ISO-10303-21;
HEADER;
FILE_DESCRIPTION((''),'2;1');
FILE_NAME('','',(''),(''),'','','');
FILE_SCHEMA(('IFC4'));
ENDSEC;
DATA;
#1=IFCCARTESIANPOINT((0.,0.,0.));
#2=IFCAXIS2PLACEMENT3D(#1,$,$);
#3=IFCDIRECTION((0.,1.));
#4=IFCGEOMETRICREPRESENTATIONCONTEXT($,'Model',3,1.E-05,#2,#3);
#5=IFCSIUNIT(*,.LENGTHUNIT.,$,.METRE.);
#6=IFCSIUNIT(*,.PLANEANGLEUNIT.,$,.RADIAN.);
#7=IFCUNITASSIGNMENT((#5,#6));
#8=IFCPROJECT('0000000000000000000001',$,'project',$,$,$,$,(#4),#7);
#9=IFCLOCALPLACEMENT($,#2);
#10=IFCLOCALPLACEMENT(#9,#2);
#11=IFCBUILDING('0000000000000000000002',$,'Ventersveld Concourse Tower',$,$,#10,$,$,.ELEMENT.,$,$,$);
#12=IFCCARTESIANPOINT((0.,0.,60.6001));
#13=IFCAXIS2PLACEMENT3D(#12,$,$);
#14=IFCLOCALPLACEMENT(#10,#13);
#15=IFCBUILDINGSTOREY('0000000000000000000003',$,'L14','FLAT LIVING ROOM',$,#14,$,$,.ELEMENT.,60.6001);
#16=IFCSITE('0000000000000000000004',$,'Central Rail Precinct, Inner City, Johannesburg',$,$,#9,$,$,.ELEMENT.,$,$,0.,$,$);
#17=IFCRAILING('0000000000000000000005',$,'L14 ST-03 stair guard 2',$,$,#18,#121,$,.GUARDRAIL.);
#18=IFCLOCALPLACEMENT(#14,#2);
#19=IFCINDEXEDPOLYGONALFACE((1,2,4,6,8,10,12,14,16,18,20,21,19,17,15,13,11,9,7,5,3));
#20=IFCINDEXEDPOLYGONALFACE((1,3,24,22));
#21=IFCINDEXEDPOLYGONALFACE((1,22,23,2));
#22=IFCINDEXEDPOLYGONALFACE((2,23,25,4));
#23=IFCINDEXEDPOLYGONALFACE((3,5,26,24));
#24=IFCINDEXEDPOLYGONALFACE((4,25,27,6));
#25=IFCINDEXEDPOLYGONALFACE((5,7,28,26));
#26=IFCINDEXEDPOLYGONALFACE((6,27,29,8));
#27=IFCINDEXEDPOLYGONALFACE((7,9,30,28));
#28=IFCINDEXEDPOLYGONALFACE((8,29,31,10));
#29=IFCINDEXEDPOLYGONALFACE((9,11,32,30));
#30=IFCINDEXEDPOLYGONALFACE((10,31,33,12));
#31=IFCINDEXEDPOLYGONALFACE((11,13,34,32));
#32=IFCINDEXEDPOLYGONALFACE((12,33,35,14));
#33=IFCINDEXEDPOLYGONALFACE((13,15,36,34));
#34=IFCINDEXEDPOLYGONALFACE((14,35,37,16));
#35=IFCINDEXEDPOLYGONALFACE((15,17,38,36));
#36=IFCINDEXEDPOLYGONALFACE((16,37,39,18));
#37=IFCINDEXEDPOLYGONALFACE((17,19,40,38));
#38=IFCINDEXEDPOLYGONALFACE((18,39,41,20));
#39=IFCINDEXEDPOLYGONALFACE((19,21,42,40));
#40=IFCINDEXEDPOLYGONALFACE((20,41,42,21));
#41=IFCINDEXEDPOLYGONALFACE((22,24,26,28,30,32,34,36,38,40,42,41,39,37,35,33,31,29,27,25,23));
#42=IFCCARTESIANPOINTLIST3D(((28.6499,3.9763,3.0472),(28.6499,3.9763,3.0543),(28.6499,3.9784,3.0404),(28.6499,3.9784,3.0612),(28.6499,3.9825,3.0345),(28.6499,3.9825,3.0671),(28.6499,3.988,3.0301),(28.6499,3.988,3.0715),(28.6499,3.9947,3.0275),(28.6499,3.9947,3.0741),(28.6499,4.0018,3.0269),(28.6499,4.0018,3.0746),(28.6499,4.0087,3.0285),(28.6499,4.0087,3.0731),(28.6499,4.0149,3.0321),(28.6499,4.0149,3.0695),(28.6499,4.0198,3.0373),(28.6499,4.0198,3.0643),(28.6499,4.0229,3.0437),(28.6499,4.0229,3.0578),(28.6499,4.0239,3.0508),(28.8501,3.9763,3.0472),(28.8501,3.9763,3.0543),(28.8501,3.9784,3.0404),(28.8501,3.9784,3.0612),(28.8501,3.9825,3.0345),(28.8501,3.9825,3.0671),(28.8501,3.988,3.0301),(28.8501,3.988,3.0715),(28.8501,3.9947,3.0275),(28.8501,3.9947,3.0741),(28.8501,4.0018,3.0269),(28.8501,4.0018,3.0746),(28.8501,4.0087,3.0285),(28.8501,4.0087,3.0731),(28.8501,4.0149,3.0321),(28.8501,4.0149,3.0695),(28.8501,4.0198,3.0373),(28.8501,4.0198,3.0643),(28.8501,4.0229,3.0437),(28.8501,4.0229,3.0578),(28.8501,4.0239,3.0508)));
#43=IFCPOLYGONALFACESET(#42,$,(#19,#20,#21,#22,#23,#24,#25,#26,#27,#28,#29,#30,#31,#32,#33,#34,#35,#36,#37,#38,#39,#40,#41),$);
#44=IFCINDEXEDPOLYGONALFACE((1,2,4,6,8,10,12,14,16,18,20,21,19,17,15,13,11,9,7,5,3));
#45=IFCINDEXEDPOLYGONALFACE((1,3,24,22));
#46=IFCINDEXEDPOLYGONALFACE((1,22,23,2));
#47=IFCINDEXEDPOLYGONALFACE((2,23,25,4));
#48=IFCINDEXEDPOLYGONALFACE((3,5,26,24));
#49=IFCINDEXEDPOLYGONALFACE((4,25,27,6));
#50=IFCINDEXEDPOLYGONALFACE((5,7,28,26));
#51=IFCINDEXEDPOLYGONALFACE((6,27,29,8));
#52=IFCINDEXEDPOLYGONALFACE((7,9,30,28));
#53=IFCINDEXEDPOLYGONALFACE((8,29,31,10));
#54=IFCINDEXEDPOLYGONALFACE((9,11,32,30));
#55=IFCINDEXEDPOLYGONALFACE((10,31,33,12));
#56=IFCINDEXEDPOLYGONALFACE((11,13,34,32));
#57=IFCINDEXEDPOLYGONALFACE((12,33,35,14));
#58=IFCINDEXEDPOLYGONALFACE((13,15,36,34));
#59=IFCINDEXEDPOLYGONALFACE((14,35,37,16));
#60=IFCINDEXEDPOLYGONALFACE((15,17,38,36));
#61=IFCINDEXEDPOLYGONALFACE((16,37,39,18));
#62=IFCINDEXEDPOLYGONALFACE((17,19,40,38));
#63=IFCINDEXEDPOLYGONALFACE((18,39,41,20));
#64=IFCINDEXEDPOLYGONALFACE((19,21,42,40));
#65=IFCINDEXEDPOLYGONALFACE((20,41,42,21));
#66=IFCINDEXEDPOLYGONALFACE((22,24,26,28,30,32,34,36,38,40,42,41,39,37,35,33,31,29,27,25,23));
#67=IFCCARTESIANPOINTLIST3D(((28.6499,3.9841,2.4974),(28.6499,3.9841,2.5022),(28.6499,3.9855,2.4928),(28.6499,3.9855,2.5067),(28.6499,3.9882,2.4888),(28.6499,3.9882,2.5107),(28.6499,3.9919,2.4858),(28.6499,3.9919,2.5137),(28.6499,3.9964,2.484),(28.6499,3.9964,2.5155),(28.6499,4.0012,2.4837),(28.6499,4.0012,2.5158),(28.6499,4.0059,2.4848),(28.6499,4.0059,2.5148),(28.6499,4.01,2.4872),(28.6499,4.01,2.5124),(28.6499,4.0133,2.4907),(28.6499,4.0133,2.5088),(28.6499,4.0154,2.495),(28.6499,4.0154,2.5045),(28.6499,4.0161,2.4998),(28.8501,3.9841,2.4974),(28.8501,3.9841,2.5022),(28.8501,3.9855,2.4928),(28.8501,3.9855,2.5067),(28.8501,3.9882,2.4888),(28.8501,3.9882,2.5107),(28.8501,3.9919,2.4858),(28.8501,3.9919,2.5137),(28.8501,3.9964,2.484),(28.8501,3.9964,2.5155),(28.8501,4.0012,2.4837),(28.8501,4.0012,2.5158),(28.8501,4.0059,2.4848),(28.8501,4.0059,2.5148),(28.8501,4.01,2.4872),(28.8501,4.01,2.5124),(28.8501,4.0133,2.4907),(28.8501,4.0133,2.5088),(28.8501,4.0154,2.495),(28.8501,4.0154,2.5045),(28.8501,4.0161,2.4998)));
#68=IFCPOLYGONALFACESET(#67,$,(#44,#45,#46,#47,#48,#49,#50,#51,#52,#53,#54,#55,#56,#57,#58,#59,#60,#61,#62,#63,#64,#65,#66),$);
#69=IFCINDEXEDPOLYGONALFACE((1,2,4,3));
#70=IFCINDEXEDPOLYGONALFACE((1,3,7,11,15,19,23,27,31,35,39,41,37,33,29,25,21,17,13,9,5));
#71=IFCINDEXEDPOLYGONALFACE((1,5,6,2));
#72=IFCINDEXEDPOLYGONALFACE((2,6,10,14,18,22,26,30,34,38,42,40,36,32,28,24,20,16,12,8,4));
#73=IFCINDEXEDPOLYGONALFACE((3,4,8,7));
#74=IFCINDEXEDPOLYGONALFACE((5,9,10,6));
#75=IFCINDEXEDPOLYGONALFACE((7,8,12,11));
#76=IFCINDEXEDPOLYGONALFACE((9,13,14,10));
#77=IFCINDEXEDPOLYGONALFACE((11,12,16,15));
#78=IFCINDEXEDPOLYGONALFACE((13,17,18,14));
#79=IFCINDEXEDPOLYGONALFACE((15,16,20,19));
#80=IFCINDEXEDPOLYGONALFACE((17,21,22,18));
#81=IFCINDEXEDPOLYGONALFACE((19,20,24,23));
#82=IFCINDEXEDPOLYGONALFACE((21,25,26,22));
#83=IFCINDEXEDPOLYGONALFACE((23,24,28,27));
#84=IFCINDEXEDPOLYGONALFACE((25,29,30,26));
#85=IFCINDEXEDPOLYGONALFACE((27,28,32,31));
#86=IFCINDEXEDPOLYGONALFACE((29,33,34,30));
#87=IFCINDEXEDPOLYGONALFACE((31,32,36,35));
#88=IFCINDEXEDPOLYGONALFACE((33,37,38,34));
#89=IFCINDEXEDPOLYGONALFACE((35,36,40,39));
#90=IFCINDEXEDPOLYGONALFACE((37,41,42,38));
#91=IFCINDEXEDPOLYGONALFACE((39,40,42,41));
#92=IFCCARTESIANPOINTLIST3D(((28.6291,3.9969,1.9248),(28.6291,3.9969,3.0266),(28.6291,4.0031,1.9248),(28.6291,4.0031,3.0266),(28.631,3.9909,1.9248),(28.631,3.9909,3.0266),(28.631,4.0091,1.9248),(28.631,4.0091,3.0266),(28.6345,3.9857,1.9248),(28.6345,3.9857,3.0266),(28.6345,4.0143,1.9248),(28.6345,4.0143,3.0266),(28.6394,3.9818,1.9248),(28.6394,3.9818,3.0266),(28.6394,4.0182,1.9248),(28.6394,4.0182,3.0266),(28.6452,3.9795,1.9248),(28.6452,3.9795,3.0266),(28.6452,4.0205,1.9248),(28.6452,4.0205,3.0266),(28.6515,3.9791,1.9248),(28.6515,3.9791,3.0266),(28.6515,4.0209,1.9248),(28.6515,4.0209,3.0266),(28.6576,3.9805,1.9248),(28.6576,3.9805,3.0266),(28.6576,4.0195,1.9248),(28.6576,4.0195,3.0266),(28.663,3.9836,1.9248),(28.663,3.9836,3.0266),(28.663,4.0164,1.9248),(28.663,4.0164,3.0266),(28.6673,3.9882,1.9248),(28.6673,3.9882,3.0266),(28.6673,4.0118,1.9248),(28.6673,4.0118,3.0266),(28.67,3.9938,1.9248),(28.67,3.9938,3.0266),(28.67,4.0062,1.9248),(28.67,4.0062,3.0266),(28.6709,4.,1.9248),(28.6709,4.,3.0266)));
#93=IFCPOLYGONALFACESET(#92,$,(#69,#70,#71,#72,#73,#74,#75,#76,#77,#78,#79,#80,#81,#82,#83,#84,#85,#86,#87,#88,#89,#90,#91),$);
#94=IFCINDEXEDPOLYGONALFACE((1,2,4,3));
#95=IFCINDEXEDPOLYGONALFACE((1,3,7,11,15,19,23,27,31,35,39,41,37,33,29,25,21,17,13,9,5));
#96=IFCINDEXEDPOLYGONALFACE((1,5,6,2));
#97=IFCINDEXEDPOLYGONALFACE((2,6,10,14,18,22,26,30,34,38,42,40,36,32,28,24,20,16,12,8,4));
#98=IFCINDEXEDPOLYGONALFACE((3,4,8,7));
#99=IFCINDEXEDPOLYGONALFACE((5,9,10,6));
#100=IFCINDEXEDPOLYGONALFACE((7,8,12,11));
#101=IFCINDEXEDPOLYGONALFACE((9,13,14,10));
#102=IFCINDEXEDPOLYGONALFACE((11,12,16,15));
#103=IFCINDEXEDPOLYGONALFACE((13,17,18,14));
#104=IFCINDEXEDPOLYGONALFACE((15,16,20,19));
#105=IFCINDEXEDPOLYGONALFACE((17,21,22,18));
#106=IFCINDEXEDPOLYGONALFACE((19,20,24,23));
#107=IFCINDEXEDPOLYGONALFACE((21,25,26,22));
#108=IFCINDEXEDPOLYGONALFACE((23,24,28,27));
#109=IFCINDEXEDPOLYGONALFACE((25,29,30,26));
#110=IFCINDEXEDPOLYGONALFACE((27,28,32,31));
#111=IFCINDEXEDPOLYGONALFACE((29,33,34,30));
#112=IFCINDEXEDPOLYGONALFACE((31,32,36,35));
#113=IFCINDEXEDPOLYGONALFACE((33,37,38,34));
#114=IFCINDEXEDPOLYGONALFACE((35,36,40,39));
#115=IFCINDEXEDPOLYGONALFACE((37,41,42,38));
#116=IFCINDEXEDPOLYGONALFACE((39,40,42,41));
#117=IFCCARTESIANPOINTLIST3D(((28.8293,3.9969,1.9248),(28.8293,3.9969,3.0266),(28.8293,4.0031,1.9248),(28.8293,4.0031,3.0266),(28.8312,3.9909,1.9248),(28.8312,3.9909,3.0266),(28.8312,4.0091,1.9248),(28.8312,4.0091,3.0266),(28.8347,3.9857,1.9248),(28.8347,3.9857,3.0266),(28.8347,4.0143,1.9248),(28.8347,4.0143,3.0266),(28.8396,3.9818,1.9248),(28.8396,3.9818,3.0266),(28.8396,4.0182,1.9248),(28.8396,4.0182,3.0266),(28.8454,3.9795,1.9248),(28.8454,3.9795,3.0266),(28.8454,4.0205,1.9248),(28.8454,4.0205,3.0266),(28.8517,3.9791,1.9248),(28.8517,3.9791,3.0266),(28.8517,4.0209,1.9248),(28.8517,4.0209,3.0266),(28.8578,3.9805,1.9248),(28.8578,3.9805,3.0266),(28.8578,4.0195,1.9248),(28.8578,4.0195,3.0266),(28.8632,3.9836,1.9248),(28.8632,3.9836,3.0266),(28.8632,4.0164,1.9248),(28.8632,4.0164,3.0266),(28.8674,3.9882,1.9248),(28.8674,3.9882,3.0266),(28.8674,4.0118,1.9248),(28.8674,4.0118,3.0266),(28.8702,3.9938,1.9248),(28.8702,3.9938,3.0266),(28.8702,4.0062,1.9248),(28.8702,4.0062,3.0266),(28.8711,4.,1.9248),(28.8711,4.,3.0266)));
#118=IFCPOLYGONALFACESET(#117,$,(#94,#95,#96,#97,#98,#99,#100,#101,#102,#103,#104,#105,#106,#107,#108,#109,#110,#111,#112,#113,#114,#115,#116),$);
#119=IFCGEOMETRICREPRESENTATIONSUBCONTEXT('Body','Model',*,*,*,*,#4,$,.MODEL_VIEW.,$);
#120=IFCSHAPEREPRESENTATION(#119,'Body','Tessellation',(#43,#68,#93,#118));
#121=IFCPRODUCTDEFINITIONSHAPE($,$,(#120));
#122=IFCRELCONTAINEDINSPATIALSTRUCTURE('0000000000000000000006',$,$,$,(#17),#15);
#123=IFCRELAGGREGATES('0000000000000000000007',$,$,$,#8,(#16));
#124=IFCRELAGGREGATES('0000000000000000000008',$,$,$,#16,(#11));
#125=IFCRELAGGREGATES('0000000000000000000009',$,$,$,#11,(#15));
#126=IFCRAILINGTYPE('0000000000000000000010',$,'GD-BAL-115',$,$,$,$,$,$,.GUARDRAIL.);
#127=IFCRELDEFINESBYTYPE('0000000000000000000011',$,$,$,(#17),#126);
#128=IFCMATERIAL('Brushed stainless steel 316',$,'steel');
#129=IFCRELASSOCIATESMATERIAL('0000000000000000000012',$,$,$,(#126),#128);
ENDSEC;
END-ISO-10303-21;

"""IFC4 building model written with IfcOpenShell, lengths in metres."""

from ifc_helpers import new_model, si_unit, direction, frame, origin, origin_2d, place, context, subcontext, project, spatial, circle, extrude, material, type_object, element, save


model = new_model("IFC4")

# Units and contexts
model_context = context("Model", 3, precision=1e-05, world=origin(), true_north=direction((0.0, 1.0)))
body_context = subcontext(model_context, "Body", "Model", "MODEL_VIEW")
ifc_project = project(units=[si_unit("LENGTHUNIT", "METRE"), si_unit("PLANEANGLEUNIT", "RADIAN")], contexts=[model_context])

# Site, building, storey
site_placement = place(None, origin())
site = spatial("IfcSite", under=ifc_project, at=site_placement, Name="Central Rail Precinct, Inner City, Johannesburg", CompositionType="ELEMENT", RefElevation=0.0)
building_placement = place(site_placement, origin())
building = spatial("IfcBuilding", under=site, at=building_placement, Name="Ventersveld Concourse Tower", CompositionType="ELEMENT")
storey_placement = place(building_placement, frame((0.0, 0.0, 60.6001)))
storey = spatial("IfcBuildingStorey", under=building, at=storey_placement, Name="L14", Description="FLAT LIVING ROOM", CompositionType="ELEMENT", Elevation=60.6001)

# Railing
ifc_material_1 = material(Name="Brushed stainless steel 316", Category="steel")
railing_type_1 = type_object("IfcRailingType", Name="GD-BAL-115", PredefinedType="GUARDRAIL", material=ifc_material_1)
railing_1_placement = place(storey_placement, frame((28.6499, 4.0, 1.9248)))
element("IfcRailing", 1, at=railing_1_placement, inside=storey, type_object=railing_type_1, Name="L14 ST-03 stair guard 2", PredefinedType="GUARDRAIL", context=body_context, shape_type="SweptSolid", body=[
    extrude(circle(Radius=0.0239, at=origin_2d()), frame((0.0, 0.0, 1.126), z_axis=(1.0, 0.0, 0.0), x_axis=(0.0, 1.0, 0.0)), (0.0, 0.0, 1.0), 0.2002),
    extrude(circle(Radius=0.0161, at=origin_2d()), frame((0.0, 0.0, 0.575), z_axis=(1.0, 0.0, 0.0), x_axis=(0.0, 1.0, 0.0)), (0.0, 0.0, 1.0), 0.2002),
    extrude(circle(Radius=0.021, at=origin_2d()), origin(), (0.0, 0.0, 1.0), 1.1018),
    extrude(circle(Radius=0.021, at=origin_2d()), frame((0.2002, 0.0, 0.0)), (0.0, 0.0, 1.0), 1.1018),
])

save(model, "model.ifc")
